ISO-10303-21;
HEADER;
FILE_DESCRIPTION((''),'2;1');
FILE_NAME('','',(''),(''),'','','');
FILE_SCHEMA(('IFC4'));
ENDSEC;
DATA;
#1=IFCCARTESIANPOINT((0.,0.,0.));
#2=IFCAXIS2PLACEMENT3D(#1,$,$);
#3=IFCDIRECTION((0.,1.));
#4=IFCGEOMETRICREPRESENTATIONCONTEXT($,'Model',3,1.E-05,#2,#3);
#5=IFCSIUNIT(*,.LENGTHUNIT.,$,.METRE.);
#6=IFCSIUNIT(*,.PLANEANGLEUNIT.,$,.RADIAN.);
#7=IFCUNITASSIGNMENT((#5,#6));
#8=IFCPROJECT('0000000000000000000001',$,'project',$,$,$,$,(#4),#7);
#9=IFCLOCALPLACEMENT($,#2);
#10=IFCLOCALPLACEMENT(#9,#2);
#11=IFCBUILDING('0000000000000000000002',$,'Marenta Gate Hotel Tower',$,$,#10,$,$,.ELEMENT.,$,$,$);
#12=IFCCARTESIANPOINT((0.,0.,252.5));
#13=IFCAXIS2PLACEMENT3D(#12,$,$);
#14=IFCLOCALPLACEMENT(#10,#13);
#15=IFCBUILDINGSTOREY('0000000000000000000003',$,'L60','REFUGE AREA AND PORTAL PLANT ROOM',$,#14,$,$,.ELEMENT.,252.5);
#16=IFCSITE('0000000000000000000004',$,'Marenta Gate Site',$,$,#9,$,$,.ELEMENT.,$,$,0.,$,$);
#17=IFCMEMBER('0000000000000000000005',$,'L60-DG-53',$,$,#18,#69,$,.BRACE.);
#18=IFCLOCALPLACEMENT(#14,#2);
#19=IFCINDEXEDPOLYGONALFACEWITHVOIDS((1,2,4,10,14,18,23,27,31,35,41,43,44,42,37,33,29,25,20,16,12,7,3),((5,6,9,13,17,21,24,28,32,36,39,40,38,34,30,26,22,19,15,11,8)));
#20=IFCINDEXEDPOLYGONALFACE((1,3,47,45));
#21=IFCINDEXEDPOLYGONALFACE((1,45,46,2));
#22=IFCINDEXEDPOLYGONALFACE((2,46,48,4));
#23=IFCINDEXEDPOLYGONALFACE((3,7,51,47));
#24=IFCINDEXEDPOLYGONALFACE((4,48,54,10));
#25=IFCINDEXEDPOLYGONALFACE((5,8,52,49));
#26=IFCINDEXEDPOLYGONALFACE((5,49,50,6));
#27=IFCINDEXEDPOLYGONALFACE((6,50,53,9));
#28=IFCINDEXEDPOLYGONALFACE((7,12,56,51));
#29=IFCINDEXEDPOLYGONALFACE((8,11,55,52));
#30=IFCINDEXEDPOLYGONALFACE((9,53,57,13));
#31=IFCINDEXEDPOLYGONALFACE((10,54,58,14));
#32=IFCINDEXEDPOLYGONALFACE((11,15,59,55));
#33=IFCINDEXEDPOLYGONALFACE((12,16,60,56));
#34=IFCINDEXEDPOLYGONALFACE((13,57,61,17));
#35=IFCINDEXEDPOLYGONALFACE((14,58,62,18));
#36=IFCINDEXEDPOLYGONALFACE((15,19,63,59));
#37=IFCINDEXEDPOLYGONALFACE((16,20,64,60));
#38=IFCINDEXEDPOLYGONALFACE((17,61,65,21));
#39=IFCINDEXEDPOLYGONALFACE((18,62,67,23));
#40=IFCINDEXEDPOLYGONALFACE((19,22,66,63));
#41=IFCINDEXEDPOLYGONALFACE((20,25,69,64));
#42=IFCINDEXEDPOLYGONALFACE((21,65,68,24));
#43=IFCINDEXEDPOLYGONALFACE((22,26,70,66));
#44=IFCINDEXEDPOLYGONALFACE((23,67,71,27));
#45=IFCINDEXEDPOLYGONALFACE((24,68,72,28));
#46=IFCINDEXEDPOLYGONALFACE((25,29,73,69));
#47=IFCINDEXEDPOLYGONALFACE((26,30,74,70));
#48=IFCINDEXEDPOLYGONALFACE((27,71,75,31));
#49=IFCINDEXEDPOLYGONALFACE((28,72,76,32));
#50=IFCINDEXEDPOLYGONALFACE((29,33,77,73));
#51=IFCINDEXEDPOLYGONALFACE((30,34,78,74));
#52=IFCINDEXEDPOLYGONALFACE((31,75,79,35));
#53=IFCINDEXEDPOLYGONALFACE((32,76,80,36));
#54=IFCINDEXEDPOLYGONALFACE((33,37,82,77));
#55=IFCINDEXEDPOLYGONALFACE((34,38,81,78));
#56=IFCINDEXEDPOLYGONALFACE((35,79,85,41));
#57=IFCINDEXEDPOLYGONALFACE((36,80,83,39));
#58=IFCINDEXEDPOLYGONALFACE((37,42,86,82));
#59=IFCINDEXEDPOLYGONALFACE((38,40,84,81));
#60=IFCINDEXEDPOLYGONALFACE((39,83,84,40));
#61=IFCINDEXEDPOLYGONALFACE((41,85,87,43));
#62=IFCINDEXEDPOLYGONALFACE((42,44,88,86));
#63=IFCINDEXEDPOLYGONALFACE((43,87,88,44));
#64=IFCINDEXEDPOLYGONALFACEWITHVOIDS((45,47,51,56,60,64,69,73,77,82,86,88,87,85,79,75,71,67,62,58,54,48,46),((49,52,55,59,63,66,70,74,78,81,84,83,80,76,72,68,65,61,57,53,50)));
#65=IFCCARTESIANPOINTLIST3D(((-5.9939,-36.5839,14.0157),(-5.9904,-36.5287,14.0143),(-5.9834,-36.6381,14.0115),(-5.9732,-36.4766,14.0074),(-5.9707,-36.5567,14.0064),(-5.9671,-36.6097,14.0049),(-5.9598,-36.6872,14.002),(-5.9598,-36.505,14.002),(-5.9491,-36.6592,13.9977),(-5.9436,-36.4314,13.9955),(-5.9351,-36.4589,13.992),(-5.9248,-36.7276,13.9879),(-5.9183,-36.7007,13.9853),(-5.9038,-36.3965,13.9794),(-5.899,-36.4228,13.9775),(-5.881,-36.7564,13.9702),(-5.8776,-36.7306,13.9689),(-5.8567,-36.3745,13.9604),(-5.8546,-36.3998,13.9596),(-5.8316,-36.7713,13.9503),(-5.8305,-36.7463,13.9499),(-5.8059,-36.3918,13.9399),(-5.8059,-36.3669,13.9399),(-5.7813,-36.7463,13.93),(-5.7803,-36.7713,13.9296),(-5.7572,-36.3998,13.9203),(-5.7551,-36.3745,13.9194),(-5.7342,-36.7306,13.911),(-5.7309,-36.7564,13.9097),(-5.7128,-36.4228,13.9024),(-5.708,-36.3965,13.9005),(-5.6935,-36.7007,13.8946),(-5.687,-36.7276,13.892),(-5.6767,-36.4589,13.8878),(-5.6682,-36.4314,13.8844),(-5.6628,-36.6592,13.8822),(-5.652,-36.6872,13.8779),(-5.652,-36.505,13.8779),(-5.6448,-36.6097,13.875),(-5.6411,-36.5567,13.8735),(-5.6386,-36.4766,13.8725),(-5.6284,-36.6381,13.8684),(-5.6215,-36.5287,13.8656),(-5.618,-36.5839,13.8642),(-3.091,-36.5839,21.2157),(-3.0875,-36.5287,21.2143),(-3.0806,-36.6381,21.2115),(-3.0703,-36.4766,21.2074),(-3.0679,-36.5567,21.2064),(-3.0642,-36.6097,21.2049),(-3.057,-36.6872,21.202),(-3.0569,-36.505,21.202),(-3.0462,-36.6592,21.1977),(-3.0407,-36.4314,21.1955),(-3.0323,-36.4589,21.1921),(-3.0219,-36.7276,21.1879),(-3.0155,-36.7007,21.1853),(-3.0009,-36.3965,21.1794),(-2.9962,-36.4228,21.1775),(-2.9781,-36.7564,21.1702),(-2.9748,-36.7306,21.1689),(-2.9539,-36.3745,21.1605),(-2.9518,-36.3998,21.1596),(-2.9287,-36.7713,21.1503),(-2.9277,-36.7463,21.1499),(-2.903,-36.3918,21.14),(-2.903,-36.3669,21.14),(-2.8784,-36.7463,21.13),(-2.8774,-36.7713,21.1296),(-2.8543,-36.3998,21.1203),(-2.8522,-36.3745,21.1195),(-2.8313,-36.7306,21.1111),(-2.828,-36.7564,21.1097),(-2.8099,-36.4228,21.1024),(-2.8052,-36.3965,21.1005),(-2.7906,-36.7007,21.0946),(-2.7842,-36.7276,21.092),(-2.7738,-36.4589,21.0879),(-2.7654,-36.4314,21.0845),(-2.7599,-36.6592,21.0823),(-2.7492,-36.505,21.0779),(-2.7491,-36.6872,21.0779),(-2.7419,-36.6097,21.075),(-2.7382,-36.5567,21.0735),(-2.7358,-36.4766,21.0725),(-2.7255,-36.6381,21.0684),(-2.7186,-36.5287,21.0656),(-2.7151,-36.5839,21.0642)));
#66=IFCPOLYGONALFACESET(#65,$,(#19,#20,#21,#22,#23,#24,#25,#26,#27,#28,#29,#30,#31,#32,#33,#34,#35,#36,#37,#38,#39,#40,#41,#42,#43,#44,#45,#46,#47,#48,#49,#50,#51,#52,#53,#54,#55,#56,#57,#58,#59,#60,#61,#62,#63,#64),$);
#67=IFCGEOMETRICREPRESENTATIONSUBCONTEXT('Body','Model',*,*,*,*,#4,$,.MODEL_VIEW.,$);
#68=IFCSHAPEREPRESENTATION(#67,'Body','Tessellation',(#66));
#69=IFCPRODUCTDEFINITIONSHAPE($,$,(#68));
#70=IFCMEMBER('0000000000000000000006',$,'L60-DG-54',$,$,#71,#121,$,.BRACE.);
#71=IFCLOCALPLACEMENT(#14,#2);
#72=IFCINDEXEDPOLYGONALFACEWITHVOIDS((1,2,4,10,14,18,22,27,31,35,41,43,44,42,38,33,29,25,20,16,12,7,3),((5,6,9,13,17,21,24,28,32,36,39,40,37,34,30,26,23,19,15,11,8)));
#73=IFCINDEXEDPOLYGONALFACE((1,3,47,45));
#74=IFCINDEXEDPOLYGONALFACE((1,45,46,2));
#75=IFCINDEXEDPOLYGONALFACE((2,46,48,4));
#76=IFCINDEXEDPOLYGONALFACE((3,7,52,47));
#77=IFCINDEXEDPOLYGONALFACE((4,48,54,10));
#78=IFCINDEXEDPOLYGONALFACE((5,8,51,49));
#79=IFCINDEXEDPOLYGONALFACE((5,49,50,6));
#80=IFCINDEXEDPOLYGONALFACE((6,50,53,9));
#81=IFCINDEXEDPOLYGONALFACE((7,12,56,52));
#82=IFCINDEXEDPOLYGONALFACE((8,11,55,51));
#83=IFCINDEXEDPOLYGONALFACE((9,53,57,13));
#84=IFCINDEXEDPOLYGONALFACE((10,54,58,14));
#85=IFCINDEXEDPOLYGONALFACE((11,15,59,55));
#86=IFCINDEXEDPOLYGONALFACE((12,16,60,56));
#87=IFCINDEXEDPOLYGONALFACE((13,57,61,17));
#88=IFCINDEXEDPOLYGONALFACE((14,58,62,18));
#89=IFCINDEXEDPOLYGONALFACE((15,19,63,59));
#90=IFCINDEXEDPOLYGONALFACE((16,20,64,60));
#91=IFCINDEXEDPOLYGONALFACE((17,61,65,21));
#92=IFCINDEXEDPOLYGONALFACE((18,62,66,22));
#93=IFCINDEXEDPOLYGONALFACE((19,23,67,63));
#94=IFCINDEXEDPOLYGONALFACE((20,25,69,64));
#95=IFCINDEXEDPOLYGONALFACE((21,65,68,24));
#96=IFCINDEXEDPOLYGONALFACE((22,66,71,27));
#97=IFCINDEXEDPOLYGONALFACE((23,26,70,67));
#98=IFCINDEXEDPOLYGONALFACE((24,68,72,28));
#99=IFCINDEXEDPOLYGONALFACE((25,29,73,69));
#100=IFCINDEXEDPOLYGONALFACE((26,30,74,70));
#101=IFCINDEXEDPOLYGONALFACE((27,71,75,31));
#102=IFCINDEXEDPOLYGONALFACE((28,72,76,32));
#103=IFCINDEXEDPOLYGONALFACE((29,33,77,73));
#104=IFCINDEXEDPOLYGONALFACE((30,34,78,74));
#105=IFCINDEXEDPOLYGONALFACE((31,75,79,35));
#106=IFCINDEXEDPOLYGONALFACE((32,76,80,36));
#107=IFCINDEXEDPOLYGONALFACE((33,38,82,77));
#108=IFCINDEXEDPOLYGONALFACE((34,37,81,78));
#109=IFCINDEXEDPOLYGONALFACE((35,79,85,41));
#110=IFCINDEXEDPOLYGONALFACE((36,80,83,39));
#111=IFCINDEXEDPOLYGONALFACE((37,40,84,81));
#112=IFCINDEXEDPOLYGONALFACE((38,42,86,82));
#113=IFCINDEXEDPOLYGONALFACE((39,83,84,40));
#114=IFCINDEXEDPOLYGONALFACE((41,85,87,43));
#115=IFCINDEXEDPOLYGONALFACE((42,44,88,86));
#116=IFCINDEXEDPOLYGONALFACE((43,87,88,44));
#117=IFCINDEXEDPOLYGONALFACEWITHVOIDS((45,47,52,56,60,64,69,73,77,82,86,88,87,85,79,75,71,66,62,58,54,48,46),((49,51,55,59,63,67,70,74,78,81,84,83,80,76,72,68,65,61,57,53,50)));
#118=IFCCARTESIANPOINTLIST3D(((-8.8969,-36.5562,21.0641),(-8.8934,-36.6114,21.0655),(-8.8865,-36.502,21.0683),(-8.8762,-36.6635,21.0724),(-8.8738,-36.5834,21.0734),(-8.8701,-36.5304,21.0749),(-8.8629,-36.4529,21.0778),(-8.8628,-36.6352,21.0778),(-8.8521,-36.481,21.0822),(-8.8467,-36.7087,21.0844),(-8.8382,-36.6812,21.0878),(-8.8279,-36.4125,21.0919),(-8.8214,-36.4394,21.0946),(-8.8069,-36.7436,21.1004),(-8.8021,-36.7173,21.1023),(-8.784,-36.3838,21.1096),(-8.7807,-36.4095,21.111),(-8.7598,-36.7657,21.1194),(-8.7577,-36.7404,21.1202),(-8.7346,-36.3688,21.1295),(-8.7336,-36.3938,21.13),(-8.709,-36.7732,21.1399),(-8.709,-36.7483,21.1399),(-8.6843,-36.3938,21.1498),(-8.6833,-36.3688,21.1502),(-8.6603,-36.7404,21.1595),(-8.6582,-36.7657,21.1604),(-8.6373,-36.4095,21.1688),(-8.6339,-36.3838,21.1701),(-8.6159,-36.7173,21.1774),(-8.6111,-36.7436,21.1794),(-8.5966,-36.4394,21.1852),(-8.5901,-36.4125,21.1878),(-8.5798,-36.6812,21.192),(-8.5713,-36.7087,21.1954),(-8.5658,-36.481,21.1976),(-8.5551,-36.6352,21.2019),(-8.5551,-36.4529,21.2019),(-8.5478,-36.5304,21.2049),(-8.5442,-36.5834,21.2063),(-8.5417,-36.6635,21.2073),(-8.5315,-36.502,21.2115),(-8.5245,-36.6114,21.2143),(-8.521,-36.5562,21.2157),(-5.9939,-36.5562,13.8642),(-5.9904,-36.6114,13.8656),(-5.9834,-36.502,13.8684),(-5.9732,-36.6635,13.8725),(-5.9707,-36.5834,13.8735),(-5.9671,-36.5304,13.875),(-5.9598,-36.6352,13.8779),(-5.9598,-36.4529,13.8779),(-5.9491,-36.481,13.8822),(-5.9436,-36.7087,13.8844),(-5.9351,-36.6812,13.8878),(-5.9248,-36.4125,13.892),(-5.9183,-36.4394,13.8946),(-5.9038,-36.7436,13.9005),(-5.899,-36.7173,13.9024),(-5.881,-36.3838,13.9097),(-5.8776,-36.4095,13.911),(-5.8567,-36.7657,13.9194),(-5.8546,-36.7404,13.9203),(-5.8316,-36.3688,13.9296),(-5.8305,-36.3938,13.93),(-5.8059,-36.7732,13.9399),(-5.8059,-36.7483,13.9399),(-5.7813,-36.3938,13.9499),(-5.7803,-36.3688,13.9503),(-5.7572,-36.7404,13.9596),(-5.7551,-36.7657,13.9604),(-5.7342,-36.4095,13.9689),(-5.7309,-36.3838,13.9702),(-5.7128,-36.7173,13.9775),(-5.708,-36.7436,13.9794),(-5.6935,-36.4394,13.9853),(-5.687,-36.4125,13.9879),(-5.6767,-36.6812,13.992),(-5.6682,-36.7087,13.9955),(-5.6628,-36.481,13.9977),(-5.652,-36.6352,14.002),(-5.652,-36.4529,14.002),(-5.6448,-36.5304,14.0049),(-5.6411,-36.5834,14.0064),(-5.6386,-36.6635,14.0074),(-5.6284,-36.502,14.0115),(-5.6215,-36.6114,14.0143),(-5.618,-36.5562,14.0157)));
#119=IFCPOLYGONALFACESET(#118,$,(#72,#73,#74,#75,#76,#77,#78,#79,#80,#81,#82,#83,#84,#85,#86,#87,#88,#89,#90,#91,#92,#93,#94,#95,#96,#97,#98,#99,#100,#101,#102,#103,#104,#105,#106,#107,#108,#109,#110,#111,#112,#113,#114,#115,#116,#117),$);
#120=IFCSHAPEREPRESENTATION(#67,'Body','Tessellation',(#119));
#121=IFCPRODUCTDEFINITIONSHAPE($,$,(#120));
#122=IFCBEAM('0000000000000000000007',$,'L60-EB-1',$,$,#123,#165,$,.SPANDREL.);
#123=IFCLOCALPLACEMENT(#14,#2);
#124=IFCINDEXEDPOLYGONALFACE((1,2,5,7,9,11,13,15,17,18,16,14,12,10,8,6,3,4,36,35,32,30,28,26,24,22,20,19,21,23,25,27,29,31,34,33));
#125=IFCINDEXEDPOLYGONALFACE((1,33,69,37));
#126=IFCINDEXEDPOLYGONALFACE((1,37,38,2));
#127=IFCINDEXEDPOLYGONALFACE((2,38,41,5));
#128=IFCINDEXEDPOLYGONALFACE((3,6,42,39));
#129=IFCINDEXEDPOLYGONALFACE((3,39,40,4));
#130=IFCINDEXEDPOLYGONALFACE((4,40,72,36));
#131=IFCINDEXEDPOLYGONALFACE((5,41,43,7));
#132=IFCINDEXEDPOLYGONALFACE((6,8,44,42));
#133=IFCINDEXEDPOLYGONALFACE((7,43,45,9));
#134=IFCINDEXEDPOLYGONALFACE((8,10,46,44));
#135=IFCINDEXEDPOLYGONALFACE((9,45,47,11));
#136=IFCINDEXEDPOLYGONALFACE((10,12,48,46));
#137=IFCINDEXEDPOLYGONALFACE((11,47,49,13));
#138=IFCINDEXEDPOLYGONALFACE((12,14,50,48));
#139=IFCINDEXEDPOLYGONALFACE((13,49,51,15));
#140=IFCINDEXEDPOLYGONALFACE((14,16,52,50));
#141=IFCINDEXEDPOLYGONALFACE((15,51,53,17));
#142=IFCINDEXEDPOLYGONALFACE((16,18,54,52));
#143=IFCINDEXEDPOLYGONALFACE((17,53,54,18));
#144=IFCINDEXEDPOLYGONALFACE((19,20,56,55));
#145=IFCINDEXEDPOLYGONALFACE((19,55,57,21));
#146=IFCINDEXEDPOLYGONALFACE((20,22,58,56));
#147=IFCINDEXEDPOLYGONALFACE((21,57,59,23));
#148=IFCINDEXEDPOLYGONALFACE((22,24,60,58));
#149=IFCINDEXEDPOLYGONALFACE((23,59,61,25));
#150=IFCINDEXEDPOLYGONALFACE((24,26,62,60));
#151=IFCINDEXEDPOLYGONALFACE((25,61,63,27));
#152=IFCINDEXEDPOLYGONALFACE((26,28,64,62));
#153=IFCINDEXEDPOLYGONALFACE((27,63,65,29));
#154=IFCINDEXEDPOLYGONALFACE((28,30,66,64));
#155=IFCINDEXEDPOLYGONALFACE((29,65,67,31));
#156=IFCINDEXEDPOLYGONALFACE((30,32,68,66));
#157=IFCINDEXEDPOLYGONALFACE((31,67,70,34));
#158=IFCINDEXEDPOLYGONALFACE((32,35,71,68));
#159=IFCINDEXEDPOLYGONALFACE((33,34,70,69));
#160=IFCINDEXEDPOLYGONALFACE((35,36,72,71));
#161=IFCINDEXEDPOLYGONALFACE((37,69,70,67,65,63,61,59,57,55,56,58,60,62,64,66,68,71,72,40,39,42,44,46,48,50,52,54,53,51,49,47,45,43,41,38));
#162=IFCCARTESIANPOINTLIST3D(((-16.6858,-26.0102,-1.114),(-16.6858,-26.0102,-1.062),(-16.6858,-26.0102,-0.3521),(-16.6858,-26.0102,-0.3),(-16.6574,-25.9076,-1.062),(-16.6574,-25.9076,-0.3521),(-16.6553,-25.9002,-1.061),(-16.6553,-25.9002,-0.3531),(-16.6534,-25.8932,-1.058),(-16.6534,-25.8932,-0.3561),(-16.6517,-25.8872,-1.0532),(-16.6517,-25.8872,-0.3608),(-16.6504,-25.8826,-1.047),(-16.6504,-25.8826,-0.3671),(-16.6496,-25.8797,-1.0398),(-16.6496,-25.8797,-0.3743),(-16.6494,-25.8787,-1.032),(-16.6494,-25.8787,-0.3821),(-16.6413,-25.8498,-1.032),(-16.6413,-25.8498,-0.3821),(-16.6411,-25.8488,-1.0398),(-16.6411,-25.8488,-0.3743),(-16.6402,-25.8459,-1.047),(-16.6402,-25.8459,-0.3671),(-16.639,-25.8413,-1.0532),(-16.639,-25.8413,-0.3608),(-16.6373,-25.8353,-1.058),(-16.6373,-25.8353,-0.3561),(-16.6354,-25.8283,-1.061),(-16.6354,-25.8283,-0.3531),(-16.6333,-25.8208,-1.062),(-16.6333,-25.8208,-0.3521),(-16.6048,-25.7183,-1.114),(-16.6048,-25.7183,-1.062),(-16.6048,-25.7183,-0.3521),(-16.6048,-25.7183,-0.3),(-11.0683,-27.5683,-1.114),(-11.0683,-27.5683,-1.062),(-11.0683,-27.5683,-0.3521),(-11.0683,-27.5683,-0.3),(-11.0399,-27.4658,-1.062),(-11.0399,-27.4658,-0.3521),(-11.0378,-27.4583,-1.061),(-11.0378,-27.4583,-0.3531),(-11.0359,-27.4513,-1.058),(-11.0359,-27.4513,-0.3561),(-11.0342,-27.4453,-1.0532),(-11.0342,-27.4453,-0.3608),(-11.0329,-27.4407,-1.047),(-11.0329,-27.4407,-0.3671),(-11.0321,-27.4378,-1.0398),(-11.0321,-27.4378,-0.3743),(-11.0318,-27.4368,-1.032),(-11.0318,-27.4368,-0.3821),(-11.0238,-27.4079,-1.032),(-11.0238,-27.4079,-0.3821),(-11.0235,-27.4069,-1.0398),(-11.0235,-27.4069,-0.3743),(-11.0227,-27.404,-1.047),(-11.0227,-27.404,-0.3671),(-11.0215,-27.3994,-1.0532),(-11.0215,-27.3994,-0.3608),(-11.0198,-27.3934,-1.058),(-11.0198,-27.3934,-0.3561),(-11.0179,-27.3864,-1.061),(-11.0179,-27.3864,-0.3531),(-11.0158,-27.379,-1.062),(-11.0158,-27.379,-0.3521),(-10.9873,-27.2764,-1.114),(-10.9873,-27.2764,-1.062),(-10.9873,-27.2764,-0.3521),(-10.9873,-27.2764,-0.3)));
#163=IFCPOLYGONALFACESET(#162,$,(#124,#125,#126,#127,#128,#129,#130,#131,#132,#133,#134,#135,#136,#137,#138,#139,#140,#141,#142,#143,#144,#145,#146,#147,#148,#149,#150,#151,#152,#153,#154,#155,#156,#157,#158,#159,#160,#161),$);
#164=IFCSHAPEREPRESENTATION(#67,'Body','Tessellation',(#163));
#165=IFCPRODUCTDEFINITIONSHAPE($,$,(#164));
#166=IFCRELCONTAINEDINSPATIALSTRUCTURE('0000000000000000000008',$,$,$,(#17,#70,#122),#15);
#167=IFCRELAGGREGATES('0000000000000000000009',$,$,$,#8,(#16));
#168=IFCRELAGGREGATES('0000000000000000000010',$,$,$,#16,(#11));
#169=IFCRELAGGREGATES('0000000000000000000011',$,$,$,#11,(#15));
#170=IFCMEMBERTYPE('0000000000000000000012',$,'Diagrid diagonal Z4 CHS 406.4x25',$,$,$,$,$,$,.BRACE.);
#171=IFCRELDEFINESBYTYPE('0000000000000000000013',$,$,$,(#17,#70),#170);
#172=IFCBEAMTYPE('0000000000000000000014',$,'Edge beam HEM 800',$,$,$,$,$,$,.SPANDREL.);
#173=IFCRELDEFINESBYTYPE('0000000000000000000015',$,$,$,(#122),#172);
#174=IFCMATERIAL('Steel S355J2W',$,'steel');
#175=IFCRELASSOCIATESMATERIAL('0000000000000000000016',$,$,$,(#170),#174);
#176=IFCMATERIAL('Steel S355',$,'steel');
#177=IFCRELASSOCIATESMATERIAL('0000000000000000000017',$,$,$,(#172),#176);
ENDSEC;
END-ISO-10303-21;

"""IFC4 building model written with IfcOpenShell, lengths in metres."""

from ifc_helpers import new_model, si_unit, direction, frame, origin, origin_2d, place, context, subcontext, project, spatial, hollow_circle, i_section, extrude, material, material_profile, profile_set, type_object, element, save


model = new_model("IFC4")

# Units and contexts
model_context = context("Model", 3, precision=1e-05, world=origin(), true_north=direction((0.0, 1.0)))
body_context = subcontext(model_context, "Body", "Model", "MODEL_VIEW")
ifc_project = project(units=[si_unit("LENGTHUNIT", "METRE"), si_unit("PLANEANGLEUNIT", "RADIAN")], contexts=[model_context])

# Site, building, storey
site_placement = place(None, origin())
site = spatial("IfcSite", under=ifc_project, at=site_placement, Name="Marenta Gate Site", CompositionType="ELEMENT", RefElevation=0.0)
building_placement = place(site_placement, origin())
building = spatial("IfcBuilding", under=site, at=building_placement, Name="Marenta Gate Hotel Tower", CompositionType="ELEMENT")
storey_placement = place(building_placement, frame((0.0, 0.0, 252.5)))
storey = spatial("IfcBuildingStorey", under=building, at=storey_placement, Name="L60", Description="REFUGE AREA AND PORTAL PLANT ROOM", CompositionType="ELEMENT", Elevation=252.5)

# Members
ifc_material_1 = material(Name="Steel S355J2W", Category="steel")
ifc_material_profile_1 = material_profile(ifc_material_1, hollow_circle(Radius=0.2031, WallThickness=0.0249, at=origin_2d()), Name="CHS 406.4x25")
ifc_profile_set_1 = profile_set([ifc_material_profile_1], Name="Steel S355J2W")
member_type_1 = type_object("IfcMemberType", Name="Diagrid diagonal Z4 CHS 406.4x25", PredefinedType="BRACE", material=ifc_profile_set_1)
for number, where, z_axis, x_axis, name in (
    (1, (-5.8059, -36.5701, 13.9399), (0.373927, 0.0, 0.927458), (0.0, 1.0, 0.0), "L60-DG-53"),
    (2, (-5.8059, -36.5701, 13.9399), (-0.373954, 0.0, 0.927447), (0.0, -1.0, 0.0), "L60-DG-54"),
):
    element("IfcMember", number, at=place(storey_placement, frame(where, z_axis=z_axis, x_axis=x_axis)), inside=storey, type_object=member_type_1, Name=name, PredefinedType="BRACE", context=body_context, shape_type="SweptSolid", body=[
        extrude(hollow_circle(Radius=0.2031, WallThickness=0.0249, at=origin_2d()), origin(), (0.0, 0.0, 1.0), 7.7632),
    ])

# Beam
ifc_material_2 = material(Name="Steel S355", Category="steel")
ifc_material_profile_2 = material_profile(ifc_material_2, i_section(OverallWidth=0.303, OverallDepth=0.814, WebThickness=0.03, FlangeThickness=0.052, FilletRadius=0.03, at=origin_2d()), Name="HEM 800")
ifc_profile_set_2 = profile_set([ifc_material_profile_2], Name="Steel S355")
beam_type_1 = type_object("IfcBeamType", Name="Edge beam HEM 800", PredefinedType="SPANDREL", material=ifc_profile_set_2)
beam_1_placement = place(storey_placement, frame((-11.0278, -27.4224, -0.707), z_axis=(-0.963619, 0.267279, 0.0), x_axis=(-0.267279, -0.963619, 0.0)))
element("IfcBeam", 3, at=beam_1_placement, inside=storey, type_object=beam_type_1, Name="L60-EB-1", PredefinedType="SPANDREL", context=body_context, shape_type="SweptSolid", body=[
    extrude(i_section(OverallWidth=0.303, OverallDepth=0.814, WebThickness=0.03, FlangeThickness=0.052, FilletRadius=0.03, at=origin_2d()), origin(), (0.0, 0.0, 1.0), 5.8296),
])

save(model, "model.ifc")
